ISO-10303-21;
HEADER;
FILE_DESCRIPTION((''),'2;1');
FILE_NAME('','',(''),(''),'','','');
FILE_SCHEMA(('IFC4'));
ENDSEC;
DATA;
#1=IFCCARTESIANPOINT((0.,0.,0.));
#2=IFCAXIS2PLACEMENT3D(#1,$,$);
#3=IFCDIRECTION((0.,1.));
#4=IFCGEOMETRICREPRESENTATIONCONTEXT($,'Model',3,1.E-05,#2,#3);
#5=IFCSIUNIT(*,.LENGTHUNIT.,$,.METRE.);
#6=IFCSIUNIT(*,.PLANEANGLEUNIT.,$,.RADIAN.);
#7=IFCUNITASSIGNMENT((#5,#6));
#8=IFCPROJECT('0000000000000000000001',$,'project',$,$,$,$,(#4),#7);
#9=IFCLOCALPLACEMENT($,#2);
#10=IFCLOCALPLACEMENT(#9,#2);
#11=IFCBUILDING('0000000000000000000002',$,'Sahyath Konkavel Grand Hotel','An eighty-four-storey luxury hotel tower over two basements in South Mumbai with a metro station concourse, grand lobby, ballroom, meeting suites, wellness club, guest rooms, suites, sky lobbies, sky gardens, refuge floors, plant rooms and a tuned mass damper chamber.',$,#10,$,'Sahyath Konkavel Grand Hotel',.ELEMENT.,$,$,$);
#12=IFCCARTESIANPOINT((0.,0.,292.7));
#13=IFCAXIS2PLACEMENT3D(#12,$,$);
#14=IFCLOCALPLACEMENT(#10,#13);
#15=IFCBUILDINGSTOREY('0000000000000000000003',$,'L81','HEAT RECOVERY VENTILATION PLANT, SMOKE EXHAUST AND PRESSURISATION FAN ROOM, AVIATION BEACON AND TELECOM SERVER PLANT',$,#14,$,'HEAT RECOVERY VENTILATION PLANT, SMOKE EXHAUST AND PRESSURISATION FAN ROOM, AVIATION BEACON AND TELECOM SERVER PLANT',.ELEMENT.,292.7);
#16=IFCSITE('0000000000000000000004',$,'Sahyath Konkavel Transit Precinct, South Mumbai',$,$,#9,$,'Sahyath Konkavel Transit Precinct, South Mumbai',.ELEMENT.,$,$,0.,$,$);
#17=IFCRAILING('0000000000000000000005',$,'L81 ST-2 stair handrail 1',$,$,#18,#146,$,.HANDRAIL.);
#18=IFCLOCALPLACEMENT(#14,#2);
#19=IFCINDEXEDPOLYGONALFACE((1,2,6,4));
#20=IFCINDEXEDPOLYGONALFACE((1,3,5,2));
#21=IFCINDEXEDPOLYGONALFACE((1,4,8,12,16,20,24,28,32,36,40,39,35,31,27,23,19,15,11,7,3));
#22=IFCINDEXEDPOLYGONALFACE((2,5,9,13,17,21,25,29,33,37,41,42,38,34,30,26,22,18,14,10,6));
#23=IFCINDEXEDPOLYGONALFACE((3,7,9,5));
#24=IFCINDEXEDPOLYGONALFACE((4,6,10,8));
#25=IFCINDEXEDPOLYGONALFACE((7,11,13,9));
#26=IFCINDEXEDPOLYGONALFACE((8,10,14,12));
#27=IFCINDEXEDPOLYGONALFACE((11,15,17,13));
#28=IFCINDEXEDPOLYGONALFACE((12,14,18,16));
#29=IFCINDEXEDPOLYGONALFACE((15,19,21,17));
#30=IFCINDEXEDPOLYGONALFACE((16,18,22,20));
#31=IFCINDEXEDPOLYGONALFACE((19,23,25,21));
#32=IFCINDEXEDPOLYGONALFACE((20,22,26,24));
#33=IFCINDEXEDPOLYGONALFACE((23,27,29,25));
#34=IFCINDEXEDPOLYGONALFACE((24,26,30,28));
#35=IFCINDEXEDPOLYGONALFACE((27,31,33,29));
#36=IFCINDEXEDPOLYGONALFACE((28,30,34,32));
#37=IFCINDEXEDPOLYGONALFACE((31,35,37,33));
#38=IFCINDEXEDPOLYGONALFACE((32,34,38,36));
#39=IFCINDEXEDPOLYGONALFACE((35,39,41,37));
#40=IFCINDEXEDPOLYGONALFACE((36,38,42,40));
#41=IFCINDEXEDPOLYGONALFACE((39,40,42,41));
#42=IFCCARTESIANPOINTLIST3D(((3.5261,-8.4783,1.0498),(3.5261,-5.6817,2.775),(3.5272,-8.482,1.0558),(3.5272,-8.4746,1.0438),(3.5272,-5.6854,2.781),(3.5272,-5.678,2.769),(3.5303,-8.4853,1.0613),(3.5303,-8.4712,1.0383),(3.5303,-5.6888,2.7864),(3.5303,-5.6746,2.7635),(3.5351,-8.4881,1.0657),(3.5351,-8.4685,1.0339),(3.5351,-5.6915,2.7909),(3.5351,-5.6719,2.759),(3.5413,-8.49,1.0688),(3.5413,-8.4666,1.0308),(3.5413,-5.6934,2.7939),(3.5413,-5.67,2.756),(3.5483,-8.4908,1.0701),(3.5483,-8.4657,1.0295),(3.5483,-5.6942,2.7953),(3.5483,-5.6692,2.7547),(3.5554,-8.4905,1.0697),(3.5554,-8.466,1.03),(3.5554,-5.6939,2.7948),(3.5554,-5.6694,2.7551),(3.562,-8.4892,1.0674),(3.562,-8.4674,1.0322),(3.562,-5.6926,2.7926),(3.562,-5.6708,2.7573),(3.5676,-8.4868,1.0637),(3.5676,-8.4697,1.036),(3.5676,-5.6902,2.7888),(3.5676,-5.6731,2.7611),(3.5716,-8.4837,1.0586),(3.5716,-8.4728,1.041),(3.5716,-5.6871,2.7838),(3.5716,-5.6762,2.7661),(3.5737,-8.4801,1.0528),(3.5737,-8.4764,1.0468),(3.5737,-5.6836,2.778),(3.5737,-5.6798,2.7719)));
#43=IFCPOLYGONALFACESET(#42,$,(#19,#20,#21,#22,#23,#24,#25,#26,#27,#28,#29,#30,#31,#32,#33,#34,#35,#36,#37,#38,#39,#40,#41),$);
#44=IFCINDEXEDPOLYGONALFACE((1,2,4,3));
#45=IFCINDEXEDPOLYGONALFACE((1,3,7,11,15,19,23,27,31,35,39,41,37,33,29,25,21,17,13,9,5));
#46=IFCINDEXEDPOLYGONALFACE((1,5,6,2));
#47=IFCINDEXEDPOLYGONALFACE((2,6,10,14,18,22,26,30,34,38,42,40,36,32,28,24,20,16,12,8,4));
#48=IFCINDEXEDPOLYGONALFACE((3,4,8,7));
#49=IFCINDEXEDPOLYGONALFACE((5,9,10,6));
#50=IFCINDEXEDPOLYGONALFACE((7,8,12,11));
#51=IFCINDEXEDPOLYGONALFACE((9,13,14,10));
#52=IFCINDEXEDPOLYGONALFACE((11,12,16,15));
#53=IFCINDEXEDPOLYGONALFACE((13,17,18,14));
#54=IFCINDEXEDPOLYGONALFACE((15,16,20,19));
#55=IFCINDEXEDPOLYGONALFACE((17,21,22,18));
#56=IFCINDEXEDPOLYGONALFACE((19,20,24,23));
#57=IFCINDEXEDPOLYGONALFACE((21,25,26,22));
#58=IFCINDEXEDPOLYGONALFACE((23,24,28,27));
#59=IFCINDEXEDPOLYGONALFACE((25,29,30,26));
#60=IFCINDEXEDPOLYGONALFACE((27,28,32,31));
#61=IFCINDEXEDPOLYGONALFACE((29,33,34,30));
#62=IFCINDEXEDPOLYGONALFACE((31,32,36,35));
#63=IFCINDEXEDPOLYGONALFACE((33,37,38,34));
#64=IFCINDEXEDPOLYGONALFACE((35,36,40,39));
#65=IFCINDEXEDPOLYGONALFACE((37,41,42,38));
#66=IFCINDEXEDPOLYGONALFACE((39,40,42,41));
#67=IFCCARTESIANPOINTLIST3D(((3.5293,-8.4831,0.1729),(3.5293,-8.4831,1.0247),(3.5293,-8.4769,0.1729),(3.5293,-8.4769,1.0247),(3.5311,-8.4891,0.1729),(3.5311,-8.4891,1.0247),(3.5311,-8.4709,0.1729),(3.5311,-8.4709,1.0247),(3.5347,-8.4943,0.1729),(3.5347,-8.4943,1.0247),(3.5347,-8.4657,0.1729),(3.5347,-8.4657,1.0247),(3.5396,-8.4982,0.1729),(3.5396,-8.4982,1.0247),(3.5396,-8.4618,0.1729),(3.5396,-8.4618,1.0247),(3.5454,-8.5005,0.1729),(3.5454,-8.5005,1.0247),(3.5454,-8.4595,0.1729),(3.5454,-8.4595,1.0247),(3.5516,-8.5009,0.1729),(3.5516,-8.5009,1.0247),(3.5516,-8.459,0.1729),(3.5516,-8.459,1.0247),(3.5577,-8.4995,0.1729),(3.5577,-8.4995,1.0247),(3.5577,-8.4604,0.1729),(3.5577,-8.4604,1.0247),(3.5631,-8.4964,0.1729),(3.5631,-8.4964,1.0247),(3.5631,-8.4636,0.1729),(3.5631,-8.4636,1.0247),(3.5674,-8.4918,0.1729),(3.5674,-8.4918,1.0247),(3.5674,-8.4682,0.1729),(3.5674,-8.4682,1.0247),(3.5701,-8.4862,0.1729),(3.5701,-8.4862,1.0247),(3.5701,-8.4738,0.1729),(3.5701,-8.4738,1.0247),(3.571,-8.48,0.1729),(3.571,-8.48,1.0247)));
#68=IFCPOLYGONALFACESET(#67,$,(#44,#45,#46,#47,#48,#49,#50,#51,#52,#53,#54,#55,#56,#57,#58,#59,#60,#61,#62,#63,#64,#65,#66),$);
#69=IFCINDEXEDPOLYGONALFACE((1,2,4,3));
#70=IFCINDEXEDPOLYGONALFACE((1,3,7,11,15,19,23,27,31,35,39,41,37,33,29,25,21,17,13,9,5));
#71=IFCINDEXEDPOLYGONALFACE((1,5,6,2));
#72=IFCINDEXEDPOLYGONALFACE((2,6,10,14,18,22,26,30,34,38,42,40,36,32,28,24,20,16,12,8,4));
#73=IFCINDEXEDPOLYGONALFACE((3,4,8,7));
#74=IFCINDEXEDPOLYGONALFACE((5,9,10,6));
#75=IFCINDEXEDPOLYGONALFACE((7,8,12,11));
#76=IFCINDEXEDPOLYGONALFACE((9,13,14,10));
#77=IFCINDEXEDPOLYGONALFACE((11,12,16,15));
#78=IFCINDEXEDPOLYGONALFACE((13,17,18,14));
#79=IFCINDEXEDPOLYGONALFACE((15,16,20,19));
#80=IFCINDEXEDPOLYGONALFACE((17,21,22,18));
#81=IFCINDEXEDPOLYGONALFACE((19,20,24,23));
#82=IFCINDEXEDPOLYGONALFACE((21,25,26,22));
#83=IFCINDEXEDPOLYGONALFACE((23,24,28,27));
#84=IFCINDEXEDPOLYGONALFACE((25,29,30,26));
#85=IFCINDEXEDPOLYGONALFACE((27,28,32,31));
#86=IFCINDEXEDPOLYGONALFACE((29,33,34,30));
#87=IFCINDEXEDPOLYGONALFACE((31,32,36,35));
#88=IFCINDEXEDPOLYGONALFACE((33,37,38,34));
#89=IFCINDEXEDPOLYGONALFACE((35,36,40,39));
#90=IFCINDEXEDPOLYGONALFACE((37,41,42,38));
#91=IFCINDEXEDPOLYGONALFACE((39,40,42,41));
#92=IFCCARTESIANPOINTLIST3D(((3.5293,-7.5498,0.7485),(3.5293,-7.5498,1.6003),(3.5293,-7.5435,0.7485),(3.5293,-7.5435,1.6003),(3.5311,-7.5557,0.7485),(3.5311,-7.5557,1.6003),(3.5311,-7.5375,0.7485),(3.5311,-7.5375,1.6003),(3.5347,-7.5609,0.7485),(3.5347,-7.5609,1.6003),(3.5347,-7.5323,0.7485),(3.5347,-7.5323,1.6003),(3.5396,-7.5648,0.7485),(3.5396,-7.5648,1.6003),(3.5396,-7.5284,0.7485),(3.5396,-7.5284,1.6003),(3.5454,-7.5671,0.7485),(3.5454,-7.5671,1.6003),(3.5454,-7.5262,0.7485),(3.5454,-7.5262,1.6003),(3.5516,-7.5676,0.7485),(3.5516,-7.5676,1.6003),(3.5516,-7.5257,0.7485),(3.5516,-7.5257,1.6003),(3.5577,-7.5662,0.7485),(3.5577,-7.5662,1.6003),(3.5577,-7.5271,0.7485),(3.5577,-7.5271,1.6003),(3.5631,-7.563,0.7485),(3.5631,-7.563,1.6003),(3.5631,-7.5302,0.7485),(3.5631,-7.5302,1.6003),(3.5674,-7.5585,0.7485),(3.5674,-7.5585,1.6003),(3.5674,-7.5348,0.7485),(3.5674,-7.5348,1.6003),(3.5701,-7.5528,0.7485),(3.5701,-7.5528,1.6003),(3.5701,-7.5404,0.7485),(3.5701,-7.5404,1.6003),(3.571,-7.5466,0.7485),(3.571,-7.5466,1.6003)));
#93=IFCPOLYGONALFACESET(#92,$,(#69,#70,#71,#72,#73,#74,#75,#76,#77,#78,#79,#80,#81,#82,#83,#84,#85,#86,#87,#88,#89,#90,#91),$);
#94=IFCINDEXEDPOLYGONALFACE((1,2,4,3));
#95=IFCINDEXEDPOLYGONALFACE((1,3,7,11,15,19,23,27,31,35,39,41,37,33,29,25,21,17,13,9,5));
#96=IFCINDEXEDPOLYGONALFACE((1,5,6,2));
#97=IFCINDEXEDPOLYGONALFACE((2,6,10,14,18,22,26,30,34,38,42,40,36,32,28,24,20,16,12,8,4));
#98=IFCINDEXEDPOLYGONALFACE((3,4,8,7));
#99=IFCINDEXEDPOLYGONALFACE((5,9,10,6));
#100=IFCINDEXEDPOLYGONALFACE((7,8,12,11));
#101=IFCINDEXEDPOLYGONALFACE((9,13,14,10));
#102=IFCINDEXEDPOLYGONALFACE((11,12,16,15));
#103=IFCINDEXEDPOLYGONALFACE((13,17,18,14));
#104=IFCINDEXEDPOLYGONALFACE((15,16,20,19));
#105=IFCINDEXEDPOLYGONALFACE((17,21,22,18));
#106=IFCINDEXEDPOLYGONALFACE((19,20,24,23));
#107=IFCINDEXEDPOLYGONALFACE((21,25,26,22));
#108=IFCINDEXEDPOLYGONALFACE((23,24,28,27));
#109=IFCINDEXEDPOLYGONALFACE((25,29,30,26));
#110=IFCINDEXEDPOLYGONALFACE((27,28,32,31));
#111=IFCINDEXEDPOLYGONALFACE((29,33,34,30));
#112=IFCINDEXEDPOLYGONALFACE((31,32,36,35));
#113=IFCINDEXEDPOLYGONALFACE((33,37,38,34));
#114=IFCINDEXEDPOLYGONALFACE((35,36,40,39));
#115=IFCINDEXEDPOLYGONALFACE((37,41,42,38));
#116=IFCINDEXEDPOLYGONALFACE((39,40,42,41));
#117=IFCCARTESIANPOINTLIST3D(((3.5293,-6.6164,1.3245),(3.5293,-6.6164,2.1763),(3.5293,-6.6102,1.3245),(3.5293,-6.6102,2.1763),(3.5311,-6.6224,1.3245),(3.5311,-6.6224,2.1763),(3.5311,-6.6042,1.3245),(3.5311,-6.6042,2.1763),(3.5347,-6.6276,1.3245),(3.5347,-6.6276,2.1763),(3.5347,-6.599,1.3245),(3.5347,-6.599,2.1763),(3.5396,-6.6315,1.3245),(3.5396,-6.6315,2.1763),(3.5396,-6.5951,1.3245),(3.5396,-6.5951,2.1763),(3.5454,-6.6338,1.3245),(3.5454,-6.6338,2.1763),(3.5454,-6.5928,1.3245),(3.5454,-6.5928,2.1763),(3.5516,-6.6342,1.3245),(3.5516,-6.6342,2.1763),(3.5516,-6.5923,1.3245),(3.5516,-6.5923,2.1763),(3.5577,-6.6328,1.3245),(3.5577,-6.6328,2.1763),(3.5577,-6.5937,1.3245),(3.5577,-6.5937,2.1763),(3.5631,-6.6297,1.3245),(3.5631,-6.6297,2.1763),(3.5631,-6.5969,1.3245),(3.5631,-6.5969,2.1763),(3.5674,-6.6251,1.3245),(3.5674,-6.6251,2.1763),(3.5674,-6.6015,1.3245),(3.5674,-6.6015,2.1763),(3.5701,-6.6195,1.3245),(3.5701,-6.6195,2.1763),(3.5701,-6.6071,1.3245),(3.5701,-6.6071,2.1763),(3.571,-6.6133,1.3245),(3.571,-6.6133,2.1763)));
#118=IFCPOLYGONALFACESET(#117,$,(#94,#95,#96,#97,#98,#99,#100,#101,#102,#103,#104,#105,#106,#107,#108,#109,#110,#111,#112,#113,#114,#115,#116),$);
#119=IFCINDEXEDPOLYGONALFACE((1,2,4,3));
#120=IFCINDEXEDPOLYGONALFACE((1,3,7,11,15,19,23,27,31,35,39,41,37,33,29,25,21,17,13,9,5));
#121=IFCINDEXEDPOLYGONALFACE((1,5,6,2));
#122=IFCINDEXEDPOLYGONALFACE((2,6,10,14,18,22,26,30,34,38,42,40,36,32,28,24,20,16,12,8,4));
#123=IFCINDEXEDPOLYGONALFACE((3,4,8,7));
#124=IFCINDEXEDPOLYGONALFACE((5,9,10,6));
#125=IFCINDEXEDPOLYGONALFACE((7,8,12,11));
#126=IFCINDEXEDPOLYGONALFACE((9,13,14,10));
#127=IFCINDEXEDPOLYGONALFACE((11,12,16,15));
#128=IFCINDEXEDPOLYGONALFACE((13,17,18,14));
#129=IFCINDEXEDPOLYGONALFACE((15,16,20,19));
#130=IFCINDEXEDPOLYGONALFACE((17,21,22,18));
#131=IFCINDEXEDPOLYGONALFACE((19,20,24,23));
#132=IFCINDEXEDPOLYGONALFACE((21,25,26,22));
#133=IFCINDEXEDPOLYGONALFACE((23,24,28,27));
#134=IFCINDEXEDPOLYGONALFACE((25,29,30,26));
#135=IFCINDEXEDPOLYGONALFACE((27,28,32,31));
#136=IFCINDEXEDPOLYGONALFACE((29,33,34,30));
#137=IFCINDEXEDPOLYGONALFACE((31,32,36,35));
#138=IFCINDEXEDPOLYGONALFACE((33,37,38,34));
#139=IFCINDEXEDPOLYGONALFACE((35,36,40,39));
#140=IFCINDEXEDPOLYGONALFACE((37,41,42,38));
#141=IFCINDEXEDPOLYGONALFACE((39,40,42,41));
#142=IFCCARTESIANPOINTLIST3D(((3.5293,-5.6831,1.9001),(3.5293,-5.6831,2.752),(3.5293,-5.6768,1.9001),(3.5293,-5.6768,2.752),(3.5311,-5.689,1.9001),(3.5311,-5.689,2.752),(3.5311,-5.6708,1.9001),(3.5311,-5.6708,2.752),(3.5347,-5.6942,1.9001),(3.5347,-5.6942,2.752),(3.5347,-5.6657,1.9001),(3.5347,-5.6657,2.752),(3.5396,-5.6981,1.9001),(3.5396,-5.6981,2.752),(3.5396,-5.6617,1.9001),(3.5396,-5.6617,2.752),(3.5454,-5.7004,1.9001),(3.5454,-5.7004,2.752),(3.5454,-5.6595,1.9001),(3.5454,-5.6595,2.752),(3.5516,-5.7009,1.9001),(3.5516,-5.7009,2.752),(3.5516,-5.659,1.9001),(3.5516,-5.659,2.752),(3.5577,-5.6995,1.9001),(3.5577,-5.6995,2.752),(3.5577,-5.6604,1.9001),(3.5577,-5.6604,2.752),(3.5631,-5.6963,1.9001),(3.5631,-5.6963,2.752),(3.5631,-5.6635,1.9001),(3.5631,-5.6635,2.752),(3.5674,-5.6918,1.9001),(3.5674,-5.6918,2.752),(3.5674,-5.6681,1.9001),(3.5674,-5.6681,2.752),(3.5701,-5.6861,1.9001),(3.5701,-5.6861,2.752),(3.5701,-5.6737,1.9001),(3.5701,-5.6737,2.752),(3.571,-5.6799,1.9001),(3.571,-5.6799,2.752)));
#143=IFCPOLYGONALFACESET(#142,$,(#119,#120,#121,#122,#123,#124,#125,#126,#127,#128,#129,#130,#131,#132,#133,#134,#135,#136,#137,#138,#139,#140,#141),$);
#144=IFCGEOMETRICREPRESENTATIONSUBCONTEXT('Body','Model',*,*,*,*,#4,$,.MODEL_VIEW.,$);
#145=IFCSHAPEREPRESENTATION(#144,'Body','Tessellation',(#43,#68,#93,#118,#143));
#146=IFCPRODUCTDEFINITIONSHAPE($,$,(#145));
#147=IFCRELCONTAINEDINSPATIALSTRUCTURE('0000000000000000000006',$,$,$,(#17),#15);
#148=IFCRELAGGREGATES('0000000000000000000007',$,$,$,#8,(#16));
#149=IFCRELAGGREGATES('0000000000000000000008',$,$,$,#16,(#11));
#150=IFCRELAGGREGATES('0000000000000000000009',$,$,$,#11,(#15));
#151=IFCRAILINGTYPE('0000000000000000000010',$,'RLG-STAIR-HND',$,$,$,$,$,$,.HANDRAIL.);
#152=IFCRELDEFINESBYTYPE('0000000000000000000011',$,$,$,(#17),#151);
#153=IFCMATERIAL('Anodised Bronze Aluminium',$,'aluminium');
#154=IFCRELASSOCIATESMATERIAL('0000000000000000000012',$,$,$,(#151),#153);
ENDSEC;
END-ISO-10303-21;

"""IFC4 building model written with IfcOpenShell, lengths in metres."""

from ifc_helpers import new_model, si_unit, direction, frame, origin, origin_2d, place, context, subcontext, project, spatial, circle, extrude, material, type_object, element, save


model = new_model("IFC4")

# Units and contexts
model_context = context("Model", 3, precision=1e-05, world=origin(), true_north=direction((0.0, 1.0)))
body_context = subcontext(model_context, "Body", "Model", "MODEL_VIEW")
ifc_project = project(units=[si_unit("LENGTHUNIT", "METRE"), si_unit("PLANEANGLEUNIT", "RADIAN")], contexts=[model_context])

# Site, building, storey
site_placement = place(None, origin())
site = spatial("IfcSite", under=ifc_project, at=site_placement, Name="Sahyath Konkavel Transit Precinct, South Mumbai", LongName="Sahyath Konkavel Transit Precinct, South Mumbai", CompositionType="ELEMENT", RefElevation=0.0)
building_placement = place(site_placement, origin())
building = spatial("IfcBuilding", under=site, at=building_placement, Name="Sahyath Konkavel Grand Hotel", Description="An eighty-four-storey luxury hotel tower over two basements in South Mumbai with a metro station concourse, grand lobby, ballroom, meeting suites, wellness club, guest rooms, suites, sky lobbies, sky gardens, refuge floors, plant rooms and a tuned mass damper chamber.", LongName="Sahyath Konkavel Grand Hotel", CompositionType="ELEMENT")
storey_placement = place(building_placement, frame((0.0, 0.0, 292.7)))
storey = spatial("IfcBuildingStorey", under=building, at=storey_placement, Name="L81", Description="HEAT RECOVERY VENTILATION PLANT, SMOKE EXHAUST AND PRESSURISATION FAN ROOM, AVIATION BEACON AND TELECOM SERVER PLANT", LongName="HEAT RECOVERY VENTILATION PLANT, SMOKE EXHAUST AND PRESSURISATION FAN ROOM, AVIATION BEACON AND TELECOM SERVER PLANT", CompositionType="ELEMENT", Elevation=292.7)

# Railing
ifc_material_1 = material(Name="Anodised Bronze Aluminium", Category="aluminium")
railing_type_1 = type_object("IfcRailingType", Name="RLG-STAIR-HND", PredefinedType="HANDRAIL", material=ifc_material_1)
railing_1_placement = place(storey_placement, frame((3.55, -8.48, 0.1729)))
element("IfcRailing", 1, at=railing_1_placement, inside=storey, type_object=railing_type_1, Name="L81 ST-2 stair handrail 1", PredefinedType="HANDRAIL", context=body_context, shape_type="SweptSolid", body=[
    extrude(circle(Radius=0.0239, at=origin_2d()), frame((0.0, 0.0017, 0.877), z_axis=(0.0, 0.85109, 0.52502), x_axis=(-1.0, 0.0, 0.0)), (0.0, 0.0, 1.0), 3.2859),
    extrude(circle(Radius=0.021, at=origin_2d()), origin(), (0.0, 0.0, 1.0), 0.8518),
    extrude(circle(Radius=0.021, at=origin_2d()), frame((0.0, 0.9333, 0.5757)), (0.0, 0.0, 1.0), 0.8518),
    extrude(circle(Radius=0.021, at=origin_2d()), frame((0.0, 1.8667, 1.1516)), (0.0, 0.0, 1.0), 0.8518),
    extrude(circle(Radius=0.021, at=origin_2d()), frame((0.0, 2.8, 1.7273)), (0.0, 0.0, 1.0), 0.8518),
])

save(model, "model.ifc")
